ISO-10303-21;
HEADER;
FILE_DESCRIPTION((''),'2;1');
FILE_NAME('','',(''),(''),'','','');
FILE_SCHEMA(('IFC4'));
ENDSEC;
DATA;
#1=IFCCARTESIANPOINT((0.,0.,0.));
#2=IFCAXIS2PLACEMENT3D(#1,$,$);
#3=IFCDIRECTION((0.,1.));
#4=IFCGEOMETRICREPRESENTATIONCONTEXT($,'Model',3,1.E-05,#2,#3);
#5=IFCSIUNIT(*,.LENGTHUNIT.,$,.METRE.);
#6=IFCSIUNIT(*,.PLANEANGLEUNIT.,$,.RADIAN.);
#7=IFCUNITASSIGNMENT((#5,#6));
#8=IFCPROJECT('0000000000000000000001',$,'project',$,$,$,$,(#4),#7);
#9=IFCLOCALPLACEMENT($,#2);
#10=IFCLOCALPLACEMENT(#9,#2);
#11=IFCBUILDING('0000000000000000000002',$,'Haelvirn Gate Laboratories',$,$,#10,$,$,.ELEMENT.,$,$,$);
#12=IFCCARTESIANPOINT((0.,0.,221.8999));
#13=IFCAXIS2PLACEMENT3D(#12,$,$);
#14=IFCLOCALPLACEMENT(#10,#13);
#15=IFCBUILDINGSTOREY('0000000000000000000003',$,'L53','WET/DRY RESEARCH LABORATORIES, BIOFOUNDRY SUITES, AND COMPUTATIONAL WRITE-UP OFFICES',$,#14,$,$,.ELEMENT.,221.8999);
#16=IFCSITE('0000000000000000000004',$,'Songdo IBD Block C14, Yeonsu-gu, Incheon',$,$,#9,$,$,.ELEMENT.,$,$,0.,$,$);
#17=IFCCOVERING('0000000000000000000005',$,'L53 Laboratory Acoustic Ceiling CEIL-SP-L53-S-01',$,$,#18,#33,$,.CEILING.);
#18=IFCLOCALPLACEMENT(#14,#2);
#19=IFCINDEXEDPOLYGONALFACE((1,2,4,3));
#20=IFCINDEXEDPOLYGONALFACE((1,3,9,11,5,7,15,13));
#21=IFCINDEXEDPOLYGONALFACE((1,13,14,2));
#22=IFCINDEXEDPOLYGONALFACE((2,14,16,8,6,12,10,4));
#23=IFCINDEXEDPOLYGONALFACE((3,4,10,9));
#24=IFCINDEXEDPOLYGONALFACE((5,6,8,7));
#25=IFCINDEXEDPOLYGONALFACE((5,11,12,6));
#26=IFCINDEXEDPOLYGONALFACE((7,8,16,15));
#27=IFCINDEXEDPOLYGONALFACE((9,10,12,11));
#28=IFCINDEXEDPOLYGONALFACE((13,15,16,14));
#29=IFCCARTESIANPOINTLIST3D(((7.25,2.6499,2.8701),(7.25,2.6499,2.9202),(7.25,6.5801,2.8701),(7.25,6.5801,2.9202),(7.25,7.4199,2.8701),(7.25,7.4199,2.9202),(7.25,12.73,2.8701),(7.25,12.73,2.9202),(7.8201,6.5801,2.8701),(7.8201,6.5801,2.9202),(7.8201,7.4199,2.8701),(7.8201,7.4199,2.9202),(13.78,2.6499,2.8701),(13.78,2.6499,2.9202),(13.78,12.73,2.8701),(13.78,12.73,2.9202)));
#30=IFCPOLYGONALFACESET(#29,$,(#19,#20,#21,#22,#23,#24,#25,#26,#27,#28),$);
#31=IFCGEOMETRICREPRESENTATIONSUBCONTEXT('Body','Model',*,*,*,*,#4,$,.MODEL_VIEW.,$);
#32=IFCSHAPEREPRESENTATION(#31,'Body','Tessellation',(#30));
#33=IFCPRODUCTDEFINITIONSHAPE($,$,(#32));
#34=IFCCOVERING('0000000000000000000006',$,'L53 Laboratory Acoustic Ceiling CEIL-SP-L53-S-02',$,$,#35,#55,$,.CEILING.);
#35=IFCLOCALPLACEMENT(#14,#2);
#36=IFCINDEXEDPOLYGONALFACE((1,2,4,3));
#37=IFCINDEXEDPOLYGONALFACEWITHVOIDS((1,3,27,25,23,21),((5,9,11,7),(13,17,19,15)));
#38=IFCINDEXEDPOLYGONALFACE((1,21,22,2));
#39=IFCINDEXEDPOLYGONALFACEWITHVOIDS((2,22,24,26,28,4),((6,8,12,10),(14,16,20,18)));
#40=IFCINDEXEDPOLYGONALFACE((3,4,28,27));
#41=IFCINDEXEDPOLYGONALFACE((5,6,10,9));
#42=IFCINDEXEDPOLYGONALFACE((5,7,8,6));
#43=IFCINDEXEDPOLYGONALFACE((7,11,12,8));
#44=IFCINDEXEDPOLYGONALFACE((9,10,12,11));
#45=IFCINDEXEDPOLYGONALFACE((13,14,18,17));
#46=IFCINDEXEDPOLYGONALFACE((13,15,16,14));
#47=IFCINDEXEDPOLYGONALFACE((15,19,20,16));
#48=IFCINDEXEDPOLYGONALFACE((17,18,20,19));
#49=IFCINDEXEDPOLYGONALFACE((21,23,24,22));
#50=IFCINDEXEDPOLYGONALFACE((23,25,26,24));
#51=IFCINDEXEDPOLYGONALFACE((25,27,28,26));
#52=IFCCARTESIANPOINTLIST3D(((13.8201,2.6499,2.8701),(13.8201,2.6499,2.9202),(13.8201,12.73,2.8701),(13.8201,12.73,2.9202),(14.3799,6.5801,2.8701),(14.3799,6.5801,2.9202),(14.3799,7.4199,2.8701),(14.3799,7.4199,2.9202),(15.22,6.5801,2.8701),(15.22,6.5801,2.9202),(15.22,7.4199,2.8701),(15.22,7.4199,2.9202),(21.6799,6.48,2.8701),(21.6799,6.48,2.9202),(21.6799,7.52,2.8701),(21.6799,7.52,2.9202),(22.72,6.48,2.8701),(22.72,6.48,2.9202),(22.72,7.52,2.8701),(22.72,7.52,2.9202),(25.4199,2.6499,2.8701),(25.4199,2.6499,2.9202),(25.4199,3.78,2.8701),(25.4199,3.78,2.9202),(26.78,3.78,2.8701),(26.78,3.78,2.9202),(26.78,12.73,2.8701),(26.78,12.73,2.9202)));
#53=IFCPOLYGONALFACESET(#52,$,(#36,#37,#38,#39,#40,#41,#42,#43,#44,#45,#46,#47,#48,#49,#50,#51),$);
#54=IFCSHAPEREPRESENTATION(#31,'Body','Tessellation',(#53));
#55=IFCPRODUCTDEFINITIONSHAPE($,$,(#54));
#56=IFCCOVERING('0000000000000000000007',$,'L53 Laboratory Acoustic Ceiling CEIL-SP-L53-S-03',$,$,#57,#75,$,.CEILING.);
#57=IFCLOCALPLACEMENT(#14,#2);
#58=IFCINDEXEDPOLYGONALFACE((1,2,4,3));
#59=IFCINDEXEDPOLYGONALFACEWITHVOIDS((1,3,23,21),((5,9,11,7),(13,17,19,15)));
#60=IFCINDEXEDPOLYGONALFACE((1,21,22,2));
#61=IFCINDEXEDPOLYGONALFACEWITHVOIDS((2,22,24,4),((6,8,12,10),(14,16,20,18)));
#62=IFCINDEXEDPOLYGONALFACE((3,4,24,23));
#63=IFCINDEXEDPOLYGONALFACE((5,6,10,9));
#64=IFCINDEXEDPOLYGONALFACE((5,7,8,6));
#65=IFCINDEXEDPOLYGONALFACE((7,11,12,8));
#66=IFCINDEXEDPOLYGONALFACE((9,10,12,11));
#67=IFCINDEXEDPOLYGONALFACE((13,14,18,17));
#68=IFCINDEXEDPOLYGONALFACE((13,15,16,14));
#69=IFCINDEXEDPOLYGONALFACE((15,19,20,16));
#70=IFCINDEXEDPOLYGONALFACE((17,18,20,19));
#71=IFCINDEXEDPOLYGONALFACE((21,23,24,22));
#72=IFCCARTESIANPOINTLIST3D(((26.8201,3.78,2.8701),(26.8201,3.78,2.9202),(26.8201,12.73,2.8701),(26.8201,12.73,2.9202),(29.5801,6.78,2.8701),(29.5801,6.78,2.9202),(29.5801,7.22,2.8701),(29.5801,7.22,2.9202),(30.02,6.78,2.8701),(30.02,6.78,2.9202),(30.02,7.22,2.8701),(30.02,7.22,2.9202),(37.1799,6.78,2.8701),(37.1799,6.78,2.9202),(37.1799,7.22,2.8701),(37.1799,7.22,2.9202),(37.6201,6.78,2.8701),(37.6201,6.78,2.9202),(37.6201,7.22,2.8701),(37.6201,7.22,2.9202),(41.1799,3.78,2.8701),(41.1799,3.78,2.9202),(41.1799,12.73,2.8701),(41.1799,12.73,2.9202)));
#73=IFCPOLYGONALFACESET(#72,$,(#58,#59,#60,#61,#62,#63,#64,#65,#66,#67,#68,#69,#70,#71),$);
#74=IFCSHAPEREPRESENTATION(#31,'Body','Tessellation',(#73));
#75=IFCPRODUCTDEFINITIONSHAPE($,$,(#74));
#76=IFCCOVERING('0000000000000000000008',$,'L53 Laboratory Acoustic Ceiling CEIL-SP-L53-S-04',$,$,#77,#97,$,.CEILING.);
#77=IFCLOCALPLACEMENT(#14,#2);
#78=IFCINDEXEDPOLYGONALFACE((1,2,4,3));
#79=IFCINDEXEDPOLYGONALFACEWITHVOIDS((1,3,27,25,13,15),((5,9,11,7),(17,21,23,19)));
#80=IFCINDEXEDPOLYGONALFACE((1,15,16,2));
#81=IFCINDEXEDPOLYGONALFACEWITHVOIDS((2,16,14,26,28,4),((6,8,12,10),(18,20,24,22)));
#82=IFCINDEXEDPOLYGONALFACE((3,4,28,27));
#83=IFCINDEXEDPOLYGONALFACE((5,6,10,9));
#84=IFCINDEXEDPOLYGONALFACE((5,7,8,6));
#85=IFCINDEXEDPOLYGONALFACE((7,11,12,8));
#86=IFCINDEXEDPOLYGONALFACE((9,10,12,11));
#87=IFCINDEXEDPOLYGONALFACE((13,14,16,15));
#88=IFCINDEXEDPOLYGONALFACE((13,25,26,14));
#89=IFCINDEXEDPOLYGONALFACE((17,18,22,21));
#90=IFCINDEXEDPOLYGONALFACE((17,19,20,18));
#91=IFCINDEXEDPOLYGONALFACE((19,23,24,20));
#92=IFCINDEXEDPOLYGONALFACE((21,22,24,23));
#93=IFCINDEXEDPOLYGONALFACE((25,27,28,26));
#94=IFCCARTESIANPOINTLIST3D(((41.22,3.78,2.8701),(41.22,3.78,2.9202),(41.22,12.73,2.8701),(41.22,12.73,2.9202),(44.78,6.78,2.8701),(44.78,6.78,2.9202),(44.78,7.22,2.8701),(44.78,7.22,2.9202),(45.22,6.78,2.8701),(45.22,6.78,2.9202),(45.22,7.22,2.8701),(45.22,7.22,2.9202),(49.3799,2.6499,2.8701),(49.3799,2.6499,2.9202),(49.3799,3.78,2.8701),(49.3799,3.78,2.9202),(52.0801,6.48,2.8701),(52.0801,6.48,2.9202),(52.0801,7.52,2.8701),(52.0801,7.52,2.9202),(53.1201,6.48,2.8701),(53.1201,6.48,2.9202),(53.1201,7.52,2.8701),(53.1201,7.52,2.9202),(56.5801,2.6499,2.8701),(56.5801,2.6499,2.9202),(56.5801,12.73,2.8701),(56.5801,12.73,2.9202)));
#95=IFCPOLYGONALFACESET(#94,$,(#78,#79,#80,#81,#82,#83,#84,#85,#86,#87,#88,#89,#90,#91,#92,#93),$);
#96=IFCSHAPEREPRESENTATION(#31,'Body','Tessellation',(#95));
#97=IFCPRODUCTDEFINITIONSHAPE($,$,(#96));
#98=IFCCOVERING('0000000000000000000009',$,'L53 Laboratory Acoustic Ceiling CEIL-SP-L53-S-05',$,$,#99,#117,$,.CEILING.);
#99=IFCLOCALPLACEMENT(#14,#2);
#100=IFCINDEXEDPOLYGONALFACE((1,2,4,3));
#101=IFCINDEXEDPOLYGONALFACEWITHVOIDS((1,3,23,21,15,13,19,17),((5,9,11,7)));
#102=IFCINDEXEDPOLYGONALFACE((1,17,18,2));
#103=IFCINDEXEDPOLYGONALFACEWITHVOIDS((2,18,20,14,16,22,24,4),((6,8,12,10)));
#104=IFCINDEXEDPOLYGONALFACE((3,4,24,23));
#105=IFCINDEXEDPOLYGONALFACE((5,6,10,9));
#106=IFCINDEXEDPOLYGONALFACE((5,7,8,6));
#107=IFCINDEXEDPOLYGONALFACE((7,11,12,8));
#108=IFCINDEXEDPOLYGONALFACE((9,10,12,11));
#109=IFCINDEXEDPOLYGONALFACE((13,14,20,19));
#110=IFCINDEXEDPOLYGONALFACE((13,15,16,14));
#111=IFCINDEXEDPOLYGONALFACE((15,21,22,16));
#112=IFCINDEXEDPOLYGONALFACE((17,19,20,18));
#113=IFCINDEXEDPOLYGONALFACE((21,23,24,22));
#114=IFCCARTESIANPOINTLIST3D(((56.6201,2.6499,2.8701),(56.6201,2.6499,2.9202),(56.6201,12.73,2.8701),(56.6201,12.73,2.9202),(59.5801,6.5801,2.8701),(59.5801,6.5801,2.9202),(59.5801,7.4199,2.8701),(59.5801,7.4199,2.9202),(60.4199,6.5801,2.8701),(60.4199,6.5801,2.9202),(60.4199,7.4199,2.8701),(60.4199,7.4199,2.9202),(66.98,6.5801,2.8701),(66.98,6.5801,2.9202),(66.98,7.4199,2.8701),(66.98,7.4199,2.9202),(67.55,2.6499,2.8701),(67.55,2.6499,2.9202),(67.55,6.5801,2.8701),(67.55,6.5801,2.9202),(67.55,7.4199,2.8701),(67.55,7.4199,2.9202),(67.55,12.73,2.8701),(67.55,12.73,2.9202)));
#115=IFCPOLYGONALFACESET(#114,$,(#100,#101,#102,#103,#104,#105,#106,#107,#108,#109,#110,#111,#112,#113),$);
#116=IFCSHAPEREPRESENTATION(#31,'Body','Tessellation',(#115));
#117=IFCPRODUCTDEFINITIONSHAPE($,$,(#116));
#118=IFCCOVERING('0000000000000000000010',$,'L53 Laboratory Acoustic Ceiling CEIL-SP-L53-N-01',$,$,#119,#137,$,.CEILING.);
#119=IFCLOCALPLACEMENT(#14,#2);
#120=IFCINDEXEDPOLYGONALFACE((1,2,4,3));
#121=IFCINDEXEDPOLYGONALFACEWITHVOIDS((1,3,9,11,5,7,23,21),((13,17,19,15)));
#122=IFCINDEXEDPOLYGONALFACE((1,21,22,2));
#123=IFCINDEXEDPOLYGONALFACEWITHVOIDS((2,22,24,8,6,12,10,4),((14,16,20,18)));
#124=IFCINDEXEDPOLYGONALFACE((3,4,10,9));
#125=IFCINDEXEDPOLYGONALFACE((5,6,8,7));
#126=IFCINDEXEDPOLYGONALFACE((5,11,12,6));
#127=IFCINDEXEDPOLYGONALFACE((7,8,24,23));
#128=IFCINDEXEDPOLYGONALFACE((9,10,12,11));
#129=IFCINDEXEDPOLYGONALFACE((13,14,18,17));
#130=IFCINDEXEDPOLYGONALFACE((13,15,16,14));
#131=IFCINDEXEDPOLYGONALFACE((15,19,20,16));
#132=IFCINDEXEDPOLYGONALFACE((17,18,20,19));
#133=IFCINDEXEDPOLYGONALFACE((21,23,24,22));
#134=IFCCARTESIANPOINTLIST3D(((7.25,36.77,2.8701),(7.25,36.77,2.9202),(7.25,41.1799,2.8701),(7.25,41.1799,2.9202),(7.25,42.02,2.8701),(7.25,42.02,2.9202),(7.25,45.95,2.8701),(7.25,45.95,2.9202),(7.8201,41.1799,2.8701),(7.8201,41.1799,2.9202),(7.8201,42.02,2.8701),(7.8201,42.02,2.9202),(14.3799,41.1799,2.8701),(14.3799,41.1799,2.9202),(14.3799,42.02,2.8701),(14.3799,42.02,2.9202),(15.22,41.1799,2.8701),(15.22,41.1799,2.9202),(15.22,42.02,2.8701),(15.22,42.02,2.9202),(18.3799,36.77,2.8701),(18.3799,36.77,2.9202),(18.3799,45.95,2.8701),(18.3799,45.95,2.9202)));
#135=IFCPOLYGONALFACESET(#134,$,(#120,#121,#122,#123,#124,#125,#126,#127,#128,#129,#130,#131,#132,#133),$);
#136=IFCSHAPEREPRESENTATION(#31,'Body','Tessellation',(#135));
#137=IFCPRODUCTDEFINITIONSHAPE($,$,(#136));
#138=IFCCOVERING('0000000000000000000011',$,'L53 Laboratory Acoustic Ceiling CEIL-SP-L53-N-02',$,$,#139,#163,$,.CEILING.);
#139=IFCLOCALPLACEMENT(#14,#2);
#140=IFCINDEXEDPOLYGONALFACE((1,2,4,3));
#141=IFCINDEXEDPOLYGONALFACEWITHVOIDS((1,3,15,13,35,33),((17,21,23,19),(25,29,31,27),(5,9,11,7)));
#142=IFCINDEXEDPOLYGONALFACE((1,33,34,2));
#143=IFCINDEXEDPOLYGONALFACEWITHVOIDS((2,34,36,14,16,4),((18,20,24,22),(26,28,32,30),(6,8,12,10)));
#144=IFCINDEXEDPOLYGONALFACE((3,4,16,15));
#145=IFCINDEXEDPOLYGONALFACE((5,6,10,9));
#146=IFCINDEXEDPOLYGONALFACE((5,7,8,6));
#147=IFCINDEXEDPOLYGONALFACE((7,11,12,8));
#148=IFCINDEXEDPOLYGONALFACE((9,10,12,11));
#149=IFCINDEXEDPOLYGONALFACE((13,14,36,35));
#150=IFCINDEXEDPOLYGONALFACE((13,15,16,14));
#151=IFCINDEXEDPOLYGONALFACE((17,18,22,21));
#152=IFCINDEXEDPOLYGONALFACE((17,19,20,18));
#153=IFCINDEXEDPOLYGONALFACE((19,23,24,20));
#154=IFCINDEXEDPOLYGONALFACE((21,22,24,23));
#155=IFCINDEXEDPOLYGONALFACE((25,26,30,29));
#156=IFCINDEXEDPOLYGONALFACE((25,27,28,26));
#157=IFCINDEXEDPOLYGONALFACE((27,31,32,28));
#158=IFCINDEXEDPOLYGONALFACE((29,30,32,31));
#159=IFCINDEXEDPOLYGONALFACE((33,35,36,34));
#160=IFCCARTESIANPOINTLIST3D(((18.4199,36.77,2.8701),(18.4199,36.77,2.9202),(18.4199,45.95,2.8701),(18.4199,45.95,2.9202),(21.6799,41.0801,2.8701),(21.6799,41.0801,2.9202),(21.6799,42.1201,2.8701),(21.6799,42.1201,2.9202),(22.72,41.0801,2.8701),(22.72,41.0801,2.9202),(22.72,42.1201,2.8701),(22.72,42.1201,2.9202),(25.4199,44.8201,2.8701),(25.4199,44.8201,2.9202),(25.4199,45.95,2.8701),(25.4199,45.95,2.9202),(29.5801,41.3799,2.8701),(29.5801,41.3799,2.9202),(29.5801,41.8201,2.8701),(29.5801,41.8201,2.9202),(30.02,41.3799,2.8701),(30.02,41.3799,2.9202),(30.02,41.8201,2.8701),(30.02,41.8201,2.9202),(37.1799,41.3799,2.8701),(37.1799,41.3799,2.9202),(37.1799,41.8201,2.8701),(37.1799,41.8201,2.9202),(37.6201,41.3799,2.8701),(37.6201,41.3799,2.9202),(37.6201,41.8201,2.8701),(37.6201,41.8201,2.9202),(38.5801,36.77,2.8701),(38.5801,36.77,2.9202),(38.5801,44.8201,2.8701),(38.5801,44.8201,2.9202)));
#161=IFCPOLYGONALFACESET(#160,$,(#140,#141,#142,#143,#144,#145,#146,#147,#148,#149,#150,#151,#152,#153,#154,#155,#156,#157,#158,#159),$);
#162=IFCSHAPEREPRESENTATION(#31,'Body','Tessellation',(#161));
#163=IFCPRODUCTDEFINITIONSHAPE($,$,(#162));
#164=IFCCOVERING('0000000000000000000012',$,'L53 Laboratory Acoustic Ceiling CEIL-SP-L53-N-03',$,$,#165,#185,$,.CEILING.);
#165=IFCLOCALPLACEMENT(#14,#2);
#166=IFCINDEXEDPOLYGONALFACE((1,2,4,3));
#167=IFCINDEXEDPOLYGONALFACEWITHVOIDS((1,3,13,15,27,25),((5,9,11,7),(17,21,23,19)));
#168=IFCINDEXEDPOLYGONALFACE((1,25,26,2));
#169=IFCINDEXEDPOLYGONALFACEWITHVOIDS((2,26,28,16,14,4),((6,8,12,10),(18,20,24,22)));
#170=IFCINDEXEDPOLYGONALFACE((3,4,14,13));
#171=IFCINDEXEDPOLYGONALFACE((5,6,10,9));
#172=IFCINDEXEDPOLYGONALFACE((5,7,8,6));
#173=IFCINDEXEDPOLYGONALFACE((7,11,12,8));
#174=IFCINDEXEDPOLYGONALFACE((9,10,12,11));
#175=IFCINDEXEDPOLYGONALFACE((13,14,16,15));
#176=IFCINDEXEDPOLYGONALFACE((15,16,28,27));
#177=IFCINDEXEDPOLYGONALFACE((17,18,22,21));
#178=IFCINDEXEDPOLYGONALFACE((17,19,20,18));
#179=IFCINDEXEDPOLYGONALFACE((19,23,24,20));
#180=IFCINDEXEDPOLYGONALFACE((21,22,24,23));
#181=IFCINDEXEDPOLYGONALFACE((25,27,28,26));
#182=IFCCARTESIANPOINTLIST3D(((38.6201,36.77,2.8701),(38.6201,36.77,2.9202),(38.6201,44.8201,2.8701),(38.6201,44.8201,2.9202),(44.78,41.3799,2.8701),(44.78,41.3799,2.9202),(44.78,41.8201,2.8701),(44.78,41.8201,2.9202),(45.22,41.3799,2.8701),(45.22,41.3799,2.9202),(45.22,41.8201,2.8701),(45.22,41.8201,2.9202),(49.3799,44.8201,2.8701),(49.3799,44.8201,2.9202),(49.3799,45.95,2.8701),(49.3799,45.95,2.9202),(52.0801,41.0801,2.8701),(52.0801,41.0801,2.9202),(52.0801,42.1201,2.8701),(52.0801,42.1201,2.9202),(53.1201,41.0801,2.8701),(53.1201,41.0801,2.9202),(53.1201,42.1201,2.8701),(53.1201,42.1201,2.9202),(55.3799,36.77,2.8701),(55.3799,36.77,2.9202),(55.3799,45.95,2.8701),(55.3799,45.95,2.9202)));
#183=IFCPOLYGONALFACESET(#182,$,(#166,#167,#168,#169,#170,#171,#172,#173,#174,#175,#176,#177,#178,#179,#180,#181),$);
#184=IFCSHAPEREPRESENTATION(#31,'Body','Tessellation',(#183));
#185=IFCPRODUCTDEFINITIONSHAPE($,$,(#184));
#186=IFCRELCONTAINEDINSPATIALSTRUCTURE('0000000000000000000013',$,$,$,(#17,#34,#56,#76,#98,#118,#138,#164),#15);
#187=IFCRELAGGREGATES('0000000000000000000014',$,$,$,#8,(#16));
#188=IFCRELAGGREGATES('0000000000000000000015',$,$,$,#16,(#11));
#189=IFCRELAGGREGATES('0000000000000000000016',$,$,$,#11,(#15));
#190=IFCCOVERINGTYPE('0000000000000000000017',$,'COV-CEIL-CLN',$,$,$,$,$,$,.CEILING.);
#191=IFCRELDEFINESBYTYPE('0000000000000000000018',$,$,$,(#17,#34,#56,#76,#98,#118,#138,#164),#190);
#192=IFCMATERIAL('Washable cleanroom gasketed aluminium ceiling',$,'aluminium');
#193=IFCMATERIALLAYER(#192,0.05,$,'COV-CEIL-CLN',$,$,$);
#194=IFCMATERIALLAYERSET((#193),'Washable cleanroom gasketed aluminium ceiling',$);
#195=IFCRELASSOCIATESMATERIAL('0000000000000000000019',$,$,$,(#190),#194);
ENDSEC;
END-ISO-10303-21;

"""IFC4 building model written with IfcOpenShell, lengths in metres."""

from ifc_helpers import new_model, si_unit, direction, frame, origin, place, context, subcontext, project, spatial, polyline, outline, extrude, material, layer, layer_set, type_object, element, save


model = new_model("IFC4")

# Units and contexts
model_context = context("Model", 3, precision=1e-05, world=origin(), true_north=direction((0.0, 1.0)))
body_context = subcontext(model_context, "Body", "Model", "MODEL_VIEW")
ifc_project = project(units=[si_unit("LENGTHUNIT", "METRE"), si_unit("PLANEANGLEUNIT", "RADIAN")], contexts=[model_context])

# Site, building, storey
site_placement = place(None, origin())
site = spatial("IfcSite", under=ifc_project, at=site_placement, Name="Songdo IBD Block C14, Yeonsu-gu, Incheon", CompositionType="ELEMENT", RefElevation=0.0)
building_placement = place(site_placement, origin())
building = spatial("IfcBuilding", under=site, at=building_placement, Name="Haelvirn Gate Laboratories", CompositionType="ELEMENT")
storey_placement = place(building_placement, frame((0.0, 0.0, 221.8999)))
storey = spatial("IfcBuildingStorey", under=building, at=storey_placement, Name="L53", Description="WET/DRY RESEARCH LABORATORIES, BIOFOUNDRY SUITES, AND COMPUTATIONAL WRITE-UP OFFICES", CompositionType="ELEMENT", Elevation=221.8999)

# Coverings
ifc_material_1 = material(Name="Washable cleanroom gasketed aluminium ceiling", Category="aluminium")
ifc_layer_1 = layer(ifc_material_1, 0.05, Name="COV-CEIL-CLN")
ifc_layer_set_1 = layer_set([ifc_layer_1], Name="Washable cleanroom gasketed aluminium ceiling")
covering_type = type_object("IfcCoveringType", Name="COV-CEIL-CLN", PredefinedType="CEILING", material=ifc_layer_set_1)
covering_1_placement = place(storey_placement, frame((0.0, 0.0, 2.8701)))
element("IfcCovering", 1, at=covering_1_placement, inside=storey, type_object=covering_type, Name="L53 Laboratory Acoustic Ceiling CEIL-SP-L53-S-01", PredefinedType="CEILING", context=body_context, shape_type="SweptSolid", body=[
    extrude(outline(polyline([(7.25, 12.73), (13.78, 12.73), (13.78, 2.6499), (7.25, 2.6499), (7.25, 6.5801), (7.8201, 6.5801), (7.8201, 7.4199), (7.25, 7.4199), (7.25, 12.73)])), origin(), (0.0, 0.0, 1.0), 0.05),
])
covering_2_placement = place(storey_placement, frame((0.0, 0.0, 2.8701)))
element("IfcCovering", 2, at=covering_2_placement, inside=storey, type_object=covering_type, Name="L53 Laboratory Acoustic Ceiling CEIL-SP-L53-S-02", PredefinedType="CEILING", context=body_context, shape_type="SweptSolid", body=[
    extrude(outline(polyline([(13.8201, 2.6499), (13.8201, 12.73), (26.78, 12.73), (26.78, 3.78), (25.4199, 3.78), (25.4199, 2.6499), (13.8201, 2.6499)]), holes=[polyline([(14.3799, 7.4199), (14.3799, 6.5801), (15.22, 6.5801), (15.22, 7.4199), (14.3799, 7.4199)]), polyline([(22.72, 7.52), (21.6799, 7.52), (21.6799, 6.48), (22.72, 6.48), (22.72, 7.52)])]), origin(), (0.0, 0.0, 1.0), 0.05),
])
covering_3_placement = place(storey_placement, frame((0.0, 0.0, 2.8701)))
element("IfcCovering", 3, at=covering_3_placement, inside=storey, type_object=covering_type, Name="L53 Laboratory Acoustic Ceiling CEIL-SP-L53-S-03", PredefinedType="CEILING", context=body_context, shape_type="SweptSolid", body=[
    extrude(outline(polyline([(41.1799, 12.73), (41.1799, 3.78), (26.8201, 3.78), (26.8201, 12.73), (41.1799, 12.73)]), holes=[polyline([(29.5801, 7.22), (29.5801, 6.78), (30.02, 6.78), (30.02, 7.22), (29.5801, 7.22)]), polyline([(37.6201, 7.22), (37.1799, 7.22), (37.1799, 6.78), (37.6201, 6.78), (37.6201, 7.22)])]), origin(), (0.0, 0.0, 1.0), 0.05),
])
covering_4_placement = place(storey_placement, frame((0.0, 0.0, 2.8701)))
element("IfcCovering", 4, at=covering_4_placement, inside=storey, type_object=covering_type, Name="L53 Laboratory Acoustic Ceiling CEIL-SP-L53-S-04", PredefinedType="CEILING", context=body_context, shape_type="SweptSolid", body=[
    extrude(outline(polyline([(41.22, 3.78), (41.22, 12.73), (56.5801, 12.73), (56.5801, 2.6499), (49.3799, 2.6499), (49.3799, 3.78), (41.22, 3.78)]), holes=[polyline([(52.0801, 7.52), (52.0801, 6.48), (53.1201, 6.48), (53.1201, 7.52), (52.0801, 7.52)]), polyline([(45.22, 7.22), (44.78, 7.22), (44.78, 6.78), (45.22, 6.78), (45.22, 7.22)])]), origin(), (0.0, 0.0, 1.0), 0.05),
])
covering_5_placement = place(storey_placement, frame((0.0, 0.0, 2.8701)))
element("IfcCovering", 5, at=covering_5_placement, inside=storey, type_object=covering_type, Name="L53 Laboratory Acoustic Ceiling CEIL-SP-L53-S-05", PredefinedType="CEILING", context=body_context, shape_type="SweptSolid", body=[
    extrude(outline(polyline([(67.55, 2.6499), (56.6201, 2.6499), (56.6201, 12.73), (67.55, 12.73), (67.55, 7.4199), (66.98, 7.4199), (66.98, 6.5801), (67.55, 6.5801), (67.55, 2.6499)]), holes=[polyline([(59.5801, 7.4199), (59.5801, 6.5801), (60.4199, 6.5801), (60.4199, 7.4199), (59.5801, 7.4199)])]), origin(), (0.0, 0.0, 1.0), 0.05),
])
covering_6_placement = place(storey_placement, frame((0.0, 0.0, 2.8701)))
element("IfcCovering", 6, at=covering_6_placement, inside=storey, type_object=covering_type, Name="L53 Laboratory Acoustic Ceiling CEIL-SP-L53-N-01", PredefinedType="CEILING", context=body_context, shape_type="SweptSolid", body=[
    extrude(outline(polyline([(7.25, 41.1799), (7.8201, 41.1799), (7.8201, 42.02), (7.25, 42.02), (7.25, 45.95), (18.3799, 45.95), (18.3799, 36.77), (7.25, 36.77), (7.25, 41.1799)]), holes=[polyline([(14.3799, 42.02), (14.3799, 41.1799), (15.22, 41.1799), (15.22, 42.02), (14.3799, 42.02)])]), origin(), (0.0, 0.0, 1.0), 0.05),
])
covering_7_placement = place(storey_placement, frame((0.0, 0.0, 2.8701)))
element("IfcCovering", 7, at=covering_7_placement, inside=storey, type_object=covering_type, Name="L53 Laboratory Acoustic Ceiling CEIL-SP-L53-N-02", PredefinedType="CEILING", context=body_context, shape_type="SweptSolid", body=[
    extrude(outline(polyline([(18.4199, 36.77), (18.4199, 45.95), (25.4199, 45.95), (25.4199, 44.8201), (38.5801, 44.8201), (38.5801, 36.77), (18.4199, 36.77)]), holes=[polyline([(21.6799, 41.0801), (22.72, 41.0801), (22.72, 42.1201), (21.6799, 42.1201), (21.6799, 41.0801)]), polyline([(29.5801, 41.8201), (29.5801, 41.3799), (30.02, 41.3799), (30.02, 41.8201), (29.5801, 41.8201)]), polyline([(37.6201, 41.8201), (37.1799, 41.8201), (37.1799, 41.3799), (37.6201, 41.3799), (37.6201, 41.8201)])]), origin(), (0.0, 0.0, 1.0), 0.05),
])
covering_8_placement = place(storey_placement, frame((0.0, 0.0, 2.8701)))
element("IfcCovering", 8, at=covering_8_placement, inside=storey, type_object=covering_type, Name="L53 Laboratory Acoustic Ceiling CEIL-SP-L53-N-03", PredefinedType="CEILING", context=body_context, shape_type="SweptSolid", body=[
    extrude(outline(polyline([(49.3799, 45.95), (55.3799, 45.95), (55.3799, 36.77), (38.6201, 36.77), (38.6201, 44.8201), (49.3799, 44.8201), (49.3799, 45.95)]), holes=[polyline([(52.0801, 42.1201), (52.0801, 41.0801), (53.1201, 41.0801), (53.1201, 42.1201), (52.0801, 42.1201)]), polyline([(45.22, 41.8201), (44.78, 41.8201), (44.78, 41.3799), (45.22, 41.3799), (45.22, 41.8201)])]), origin(), (0.0, 0.0, 1.0), 0.05),
])

save(model, "model.ifc")
